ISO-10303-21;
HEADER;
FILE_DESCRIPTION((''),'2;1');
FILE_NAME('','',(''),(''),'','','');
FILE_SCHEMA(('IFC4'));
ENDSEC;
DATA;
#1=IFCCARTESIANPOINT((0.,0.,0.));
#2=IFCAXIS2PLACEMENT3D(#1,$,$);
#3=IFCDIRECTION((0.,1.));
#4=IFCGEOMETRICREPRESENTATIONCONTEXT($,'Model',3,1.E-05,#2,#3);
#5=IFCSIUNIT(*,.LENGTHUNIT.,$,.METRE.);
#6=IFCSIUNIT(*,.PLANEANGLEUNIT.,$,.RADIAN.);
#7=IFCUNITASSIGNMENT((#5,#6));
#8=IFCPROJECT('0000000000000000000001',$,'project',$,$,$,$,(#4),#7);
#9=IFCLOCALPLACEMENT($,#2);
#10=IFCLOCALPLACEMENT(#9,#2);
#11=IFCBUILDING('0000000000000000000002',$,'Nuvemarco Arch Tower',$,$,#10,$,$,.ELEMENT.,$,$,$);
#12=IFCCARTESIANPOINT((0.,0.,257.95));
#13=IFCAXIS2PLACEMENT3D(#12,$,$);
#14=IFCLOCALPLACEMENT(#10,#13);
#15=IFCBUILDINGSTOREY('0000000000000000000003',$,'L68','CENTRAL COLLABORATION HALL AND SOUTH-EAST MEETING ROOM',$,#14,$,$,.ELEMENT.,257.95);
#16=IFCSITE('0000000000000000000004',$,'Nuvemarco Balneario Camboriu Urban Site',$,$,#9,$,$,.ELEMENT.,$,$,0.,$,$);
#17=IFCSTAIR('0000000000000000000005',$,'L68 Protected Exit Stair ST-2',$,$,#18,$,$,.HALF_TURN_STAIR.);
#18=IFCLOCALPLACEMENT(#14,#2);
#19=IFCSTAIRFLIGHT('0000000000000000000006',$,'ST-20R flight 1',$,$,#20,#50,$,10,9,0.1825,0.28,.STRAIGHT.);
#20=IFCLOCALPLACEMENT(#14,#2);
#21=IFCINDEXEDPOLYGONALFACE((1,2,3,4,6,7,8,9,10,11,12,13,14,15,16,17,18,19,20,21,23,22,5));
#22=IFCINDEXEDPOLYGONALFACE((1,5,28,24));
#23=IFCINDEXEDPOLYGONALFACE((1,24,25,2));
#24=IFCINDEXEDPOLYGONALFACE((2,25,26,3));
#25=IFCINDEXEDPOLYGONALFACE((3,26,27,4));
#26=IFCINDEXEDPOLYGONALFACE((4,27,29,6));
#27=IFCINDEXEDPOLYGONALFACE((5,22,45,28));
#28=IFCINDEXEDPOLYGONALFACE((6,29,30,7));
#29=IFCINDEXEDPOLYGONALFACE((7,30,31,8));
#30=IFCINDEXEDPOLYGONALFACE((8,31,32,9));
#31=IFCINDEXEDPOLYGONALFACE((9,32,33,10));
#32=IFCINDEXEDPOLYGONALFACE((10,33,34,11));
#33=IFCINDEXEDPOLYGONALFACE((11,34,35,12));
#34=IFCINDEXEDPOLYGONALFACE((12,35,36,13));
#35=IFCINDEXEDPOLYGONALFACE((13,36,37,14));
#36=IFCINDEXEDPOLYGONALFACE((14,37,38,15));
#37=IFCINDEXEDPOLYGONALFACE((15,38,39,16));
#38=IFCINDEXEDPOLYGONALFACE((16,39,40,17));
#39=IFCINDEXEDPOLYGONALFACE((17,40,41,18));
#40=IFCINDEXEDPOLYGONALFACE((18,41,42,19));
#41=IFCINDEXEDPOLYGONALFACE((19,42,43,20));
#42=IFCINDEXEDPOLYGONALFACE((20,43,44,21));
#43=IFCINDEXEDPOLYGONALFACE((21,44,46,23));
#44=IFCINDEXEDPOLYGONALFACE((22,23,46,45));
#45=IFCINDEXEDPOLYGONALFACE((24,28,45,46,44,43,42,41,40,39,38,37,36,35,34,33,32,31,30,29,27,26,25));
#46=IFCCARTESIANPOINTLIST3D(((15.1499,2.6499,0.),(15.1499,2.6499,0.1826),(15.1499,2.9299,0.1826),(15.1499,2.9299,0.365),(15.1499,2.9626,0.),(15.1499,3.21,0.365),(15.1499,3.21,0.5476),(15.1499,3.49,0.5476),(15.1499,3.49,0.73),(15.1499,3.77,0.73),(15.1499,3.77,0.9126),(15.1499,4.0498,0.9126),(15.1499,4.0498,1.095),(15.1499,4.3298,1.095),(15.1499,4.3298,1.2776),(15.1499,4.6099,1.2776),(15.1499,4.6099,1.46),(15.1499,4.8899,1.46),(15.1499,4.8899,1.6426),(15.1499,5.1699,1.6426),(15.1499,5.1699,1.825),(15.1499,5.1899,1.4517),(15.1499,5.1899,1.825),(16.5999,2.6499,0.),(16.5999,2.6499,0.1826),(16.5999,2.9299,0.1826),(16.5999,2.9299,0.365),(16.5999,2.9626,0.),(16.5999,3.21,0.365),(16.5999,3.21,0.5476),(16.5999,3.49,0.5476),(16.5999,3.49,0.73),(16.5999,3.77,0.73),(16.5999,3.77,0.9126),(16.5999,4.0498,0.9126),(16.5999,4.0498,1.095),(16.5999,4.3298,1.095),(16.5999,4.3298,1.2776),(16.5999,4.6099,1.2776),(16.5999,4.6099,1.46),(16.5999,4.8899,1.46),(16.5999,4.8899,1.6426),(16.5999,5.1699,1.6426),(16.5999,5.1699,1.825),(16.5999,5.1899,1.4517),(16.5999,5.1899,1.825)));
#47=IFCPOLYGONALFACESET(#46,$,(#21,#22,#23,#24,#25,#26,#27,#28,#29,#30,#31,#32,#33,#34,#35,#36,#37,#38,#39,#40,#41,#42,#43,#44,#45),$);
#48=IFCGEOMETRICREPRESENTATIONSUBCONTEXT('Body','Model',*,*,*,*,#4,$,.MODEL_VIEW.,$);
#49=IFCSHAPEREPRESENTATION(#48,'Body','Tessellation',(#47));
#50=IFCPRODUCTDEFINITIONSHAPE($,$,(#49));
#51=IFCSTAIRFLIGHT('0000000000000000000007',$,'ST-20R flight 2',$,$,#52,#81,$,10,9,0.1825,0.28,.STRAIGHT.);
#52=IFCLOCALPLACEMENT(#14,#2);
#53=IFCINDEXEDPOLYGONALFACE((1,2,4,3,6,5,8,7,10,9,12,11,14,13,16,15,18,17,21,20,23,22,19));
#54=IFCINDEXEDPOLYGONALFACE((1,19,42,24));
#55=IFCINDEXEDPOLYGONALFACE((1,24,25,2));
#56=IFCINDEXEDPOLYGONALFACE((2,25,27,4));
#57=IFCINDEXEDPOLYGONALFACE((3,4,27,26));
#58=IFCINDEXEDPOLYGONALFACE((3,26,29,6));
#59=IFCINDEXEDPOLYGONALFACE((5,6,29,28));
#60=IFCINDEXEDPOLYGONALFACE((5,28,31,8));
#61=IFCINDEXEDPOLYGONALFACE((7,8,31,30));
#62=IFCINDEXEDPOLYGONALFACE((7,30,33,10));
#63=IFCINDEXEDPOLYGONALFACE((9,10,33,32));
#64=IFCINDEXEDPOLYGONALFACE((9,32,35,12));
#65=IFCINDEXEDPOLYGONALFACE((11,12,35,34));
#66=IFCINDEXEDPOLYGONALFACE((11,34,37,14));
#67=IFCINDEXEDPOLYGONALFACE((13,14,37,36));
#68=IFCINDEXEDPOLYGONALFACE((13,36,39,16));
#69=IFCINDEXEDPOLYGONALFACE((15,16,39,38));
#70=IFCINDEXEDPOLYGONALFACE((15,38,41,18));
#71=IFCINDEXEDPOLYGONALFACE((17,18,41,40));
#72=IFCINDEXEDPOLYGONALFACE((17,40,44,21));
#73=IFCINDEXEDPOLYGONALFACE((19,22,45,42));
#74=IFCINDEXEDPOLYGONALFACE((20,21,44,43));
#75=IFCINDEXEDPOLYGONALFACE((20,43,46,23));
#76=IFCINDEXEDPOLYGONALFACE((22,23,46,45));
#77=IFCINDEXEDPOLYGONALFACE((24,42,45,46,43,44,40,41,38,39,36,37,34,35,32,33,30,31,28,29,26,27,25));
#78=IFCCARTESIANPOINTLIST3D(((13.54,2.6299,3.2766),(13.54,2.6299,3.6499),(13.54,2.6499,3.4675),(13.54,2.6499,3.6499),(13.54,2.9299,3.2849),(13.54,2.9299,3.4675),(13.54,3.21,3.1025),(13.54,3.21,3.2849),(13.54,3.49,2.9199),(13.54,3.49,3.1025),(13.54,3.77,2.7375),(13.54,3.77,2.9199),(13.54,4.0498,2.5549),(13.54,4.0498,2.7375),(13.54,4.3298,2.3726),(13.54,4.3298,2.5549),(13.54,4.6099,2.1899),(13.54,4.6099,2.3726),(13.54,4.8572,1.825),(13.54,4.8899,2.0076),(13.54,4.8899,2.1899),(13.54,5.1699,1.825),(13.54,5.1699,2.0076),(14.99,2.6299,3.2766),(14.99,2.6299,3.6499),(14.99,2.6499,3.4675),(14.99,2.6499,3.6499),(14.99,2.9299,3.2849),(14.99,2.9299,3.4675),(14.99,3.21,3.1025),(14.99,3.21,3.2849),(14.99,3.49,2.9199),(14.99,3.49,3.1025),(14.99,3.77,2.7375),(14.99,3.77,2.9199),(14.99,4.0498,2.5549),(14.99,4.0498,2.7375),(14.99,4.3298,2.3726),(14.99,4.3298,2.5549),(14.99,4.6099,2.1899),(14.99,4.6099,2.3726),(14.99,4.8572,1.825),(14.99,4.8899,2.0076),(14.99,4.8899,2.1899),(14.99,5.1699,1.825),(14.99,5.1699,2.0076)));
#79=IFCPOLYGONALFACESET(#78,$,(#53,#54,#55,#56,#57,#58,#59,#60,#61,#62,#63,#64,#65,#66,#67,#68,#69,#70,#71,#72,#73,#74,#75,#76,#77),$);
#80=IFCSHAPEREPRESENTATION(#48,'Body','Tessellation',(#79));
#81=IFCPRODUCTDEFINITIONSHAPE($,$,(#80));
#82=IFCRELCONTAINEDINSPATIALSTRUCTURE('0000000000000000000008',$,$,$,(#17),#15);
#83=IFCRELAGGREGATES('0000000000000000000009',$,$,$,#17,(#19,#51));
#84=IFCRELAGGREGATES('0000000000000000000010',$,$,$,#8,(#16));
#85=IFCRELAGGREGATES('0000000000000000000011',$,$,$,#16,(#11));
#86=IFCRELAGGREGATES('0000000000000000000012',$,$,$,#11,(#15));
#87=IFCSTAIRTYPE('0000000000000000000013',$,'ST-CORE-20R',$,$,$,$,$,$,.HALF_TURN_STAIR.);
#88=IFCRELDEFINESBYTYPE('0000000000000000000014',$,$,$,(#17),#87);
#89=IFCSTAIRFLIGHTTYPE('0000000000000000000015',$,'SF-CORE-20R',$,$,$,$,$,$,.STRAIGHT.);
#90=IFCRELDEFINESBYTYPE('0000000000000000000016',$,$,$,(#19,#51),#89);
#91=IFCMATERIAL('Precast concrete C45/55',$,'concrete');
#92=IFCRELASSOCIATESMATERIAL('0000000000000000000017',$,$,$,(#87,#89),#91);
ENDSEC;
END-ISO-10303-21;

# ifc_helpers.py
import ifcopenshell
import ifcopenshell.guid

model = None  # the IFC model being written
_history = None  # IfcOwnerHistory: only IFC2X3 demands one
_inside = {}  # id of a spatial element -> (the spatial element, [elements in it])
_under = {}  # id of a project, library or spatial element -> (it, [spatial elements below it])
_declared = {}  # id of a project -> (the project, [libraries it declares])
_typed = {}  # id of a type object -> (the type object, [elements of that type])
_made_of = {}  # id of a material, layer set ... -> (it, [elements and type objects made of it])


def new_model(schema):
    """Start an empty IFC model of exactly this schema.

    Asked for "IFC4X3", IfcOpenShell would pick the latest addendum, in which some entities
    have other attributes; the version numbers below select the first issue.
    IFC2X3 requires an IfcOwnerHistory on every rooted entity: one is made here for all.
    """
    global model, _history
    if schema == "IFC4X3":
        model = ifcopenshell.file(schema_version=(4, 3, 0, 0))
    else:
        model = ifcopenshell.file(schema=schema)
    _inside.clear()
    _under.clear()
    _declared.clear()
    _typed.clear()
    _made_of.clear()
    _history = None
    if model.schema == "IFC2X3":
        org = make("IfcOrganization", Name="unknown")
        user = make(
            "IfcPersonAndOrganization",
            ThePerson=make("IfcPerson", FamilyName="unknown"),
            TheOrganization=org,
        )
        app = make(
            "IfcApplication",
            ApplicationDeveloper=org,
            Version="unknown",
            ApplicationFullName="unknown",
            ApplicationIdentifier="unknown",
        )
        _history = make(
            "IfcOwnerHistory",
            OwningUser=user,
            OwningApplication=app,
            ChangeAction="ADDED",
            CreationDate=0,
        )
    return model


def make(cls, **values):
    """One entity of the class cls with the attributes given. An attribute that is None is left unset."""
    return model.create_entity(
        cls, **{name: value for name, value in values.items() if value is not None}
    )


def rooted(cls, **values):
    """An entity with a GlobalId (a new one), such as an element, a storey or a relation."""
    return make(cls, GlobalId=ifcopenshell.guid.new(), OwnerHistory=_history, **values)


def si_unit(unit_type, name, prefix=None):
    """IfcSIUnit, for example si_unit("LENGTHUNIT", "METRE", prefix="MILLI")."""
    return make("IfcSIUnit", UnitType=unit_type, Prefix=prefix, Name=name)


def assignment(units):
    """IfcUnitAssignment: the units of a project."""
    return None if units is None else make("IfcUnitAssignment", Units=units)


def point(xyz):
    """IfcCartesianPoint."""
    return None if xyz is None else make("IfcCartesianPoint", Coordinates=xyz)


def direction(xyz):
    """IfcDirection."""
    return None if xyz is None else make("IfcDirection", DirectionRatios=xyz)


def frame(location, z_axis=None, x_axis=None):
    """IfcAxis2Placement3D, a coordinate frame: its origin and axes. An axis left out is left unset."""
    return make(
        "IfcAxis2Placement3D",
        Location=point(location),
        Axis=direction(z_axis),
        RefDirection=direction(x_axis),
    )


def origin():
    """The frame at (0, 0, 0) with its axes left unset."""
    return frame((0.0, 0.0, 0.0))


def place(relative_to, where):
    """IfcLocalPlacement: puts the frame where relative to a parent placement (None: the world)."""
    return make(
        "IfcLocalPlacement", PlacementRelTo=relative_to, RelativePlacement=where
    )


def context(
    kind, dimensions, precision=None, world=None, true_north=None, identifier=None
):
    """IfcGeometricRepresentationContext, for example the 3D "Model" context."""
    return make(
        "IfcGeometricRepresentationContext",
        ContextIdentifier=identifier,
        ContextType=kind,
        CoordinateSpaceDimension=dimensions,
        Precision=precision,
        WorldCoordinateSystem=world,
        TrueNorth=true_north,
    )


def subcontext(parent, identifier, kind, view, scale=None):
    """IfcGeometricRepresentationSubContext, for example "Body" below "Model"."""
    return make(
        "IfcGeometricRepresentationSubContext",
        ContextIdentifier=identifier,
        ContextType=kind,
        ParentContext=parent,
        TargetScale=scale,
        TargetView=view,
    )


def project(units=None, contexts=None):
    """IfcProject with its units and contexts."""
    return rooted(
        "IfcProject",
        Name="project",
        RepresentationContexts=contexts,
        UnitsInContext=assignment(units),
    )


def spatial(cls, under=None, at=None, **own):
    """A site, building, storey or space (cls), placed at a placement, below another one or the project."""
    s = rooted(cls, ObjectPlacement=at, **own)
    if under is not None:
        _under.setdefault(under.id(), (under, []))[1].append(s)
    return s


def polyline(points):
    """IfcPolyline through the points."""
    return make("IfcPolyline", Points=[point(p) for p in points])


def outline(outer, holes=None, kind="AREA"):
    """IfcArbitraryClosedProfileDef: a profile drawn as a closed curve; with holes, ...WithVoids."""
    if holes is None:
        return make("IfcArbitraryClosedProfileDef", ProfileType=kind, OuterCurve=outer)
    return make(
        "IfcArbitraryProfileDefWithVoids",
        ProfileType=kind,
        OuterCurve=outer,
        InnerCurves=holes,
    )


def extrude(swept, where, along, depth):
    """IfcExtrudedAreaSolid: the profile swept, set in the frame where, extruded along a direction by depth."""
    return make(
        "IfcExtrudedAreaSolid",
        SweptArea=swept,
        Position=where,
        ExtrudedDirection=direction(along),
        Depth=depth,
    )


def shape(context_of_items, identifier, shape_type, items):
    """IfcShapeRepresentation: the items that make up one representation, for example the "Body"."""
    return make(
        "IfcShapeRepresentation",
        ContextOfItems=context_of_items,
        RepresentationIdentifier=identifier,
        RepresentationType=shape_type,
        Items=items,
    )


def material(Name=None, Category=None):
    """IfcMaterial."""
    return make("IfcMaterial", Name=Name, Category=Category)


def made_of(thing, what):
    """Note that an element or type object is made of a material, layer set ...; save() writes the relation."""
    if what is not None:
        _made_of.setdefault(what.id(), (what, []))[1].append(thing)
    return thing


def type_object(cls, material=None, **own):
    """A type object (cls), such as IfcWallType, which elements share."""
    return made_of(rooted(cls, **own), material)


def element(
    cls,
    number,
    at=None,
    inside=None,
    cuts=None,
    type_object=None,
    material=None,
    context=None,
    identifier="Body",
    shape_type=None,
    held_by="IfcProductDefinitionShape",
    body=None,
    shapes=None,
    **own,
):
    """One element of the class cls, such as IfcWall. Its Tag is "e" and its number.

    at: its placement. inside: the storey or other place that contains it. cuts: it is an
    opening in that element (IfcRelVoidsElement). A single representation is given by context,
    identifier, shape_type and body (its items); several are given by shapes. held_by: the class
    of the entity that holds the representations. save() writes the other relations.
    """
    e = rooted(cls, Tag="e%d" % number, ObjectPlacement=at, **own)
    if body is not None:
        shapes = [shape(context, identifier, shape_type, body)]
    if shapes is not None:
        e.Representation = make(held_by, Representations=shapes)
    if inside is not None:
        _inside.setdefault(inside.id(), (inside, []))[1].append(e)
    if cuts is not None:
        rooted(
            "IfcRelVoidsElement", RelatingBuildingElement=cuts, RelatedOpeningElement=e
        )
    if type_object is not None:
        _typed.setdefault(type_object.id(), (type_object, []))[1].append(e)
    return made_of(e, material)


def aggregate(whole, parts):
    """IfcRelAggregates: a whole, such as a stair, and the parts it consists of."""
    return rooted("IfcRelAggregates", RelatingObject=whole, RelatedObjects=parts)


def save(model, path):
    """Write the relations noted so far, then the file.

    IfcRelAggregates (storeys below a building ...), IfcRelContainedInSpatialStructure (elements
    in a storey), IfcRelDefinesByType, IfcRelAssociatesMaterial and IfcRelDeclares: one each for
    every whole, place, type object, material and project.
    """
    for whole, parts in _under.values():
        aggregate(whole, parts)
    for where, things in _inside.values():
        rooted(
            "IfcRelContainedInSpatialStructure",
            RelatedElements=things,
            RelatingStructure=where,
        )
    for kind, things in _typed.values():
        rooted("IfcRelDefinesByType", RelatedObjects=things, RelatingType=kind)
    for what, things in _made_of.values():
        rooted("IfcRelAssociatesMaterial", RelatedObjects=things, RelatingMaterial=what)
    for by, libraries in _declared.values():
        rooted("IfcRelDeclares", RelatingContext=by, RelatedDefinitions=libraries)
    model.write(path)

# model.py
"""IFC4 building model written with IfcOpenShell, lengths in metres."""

from ifc_helpers import new_model, si_unit, direction, frame, origin, place, context, subcontext, project, spatial, polyline, outline, extrude, material, type_object, element, aggregate, save


model = new_model("IFC4")

# Units and contexts
model_context = context("Model", 3, precision=1e-05, world=origin(), true_north=direction((0.0, 1.0)))
body_context = subcontext(model_context, "Body", "Model", "MODEL_VIEW")
ifc_project = project(units=[si_unit("LENGTHUNIT", "METRE"), si_unit("PLANEANGLEUNIT", "RADIAN")], contexts=[model_context])

# Site, building, storey
site_placement = place(None, origin())
site = spatial("IfcSite", under=ifc_project, at=site_placement, Name="Nuvemarco Balneario Camboriu Urban Site", CompositionType="ELEMENT", RefElevation=0.0)
building_placement = place(site_placement, origin())
building = spatial("IfcBuilding", under=site, at=building_placement, Name="Nuvemarco Arch Tower", CompositionType="ELEMENT")
storey_placement = place(building_placement, frame((0.0, 0.0, 257.95)))
storey = spatial("IfcBuildingStorey", under=building, at=storey_placement, Name="L68", Description="CENTRAL COLLABORATION HALL AND SOUTH-EAST MEETING ROOM", CompositionType="ELEMENT", Elevation=257.95)

# Shared definitions
ifc_material_1 = material(Name="Precast concrete C45/55", Category="concrete")

# Stair, stair flights
stair_type = type_object("IfcStairType", Name="ST-CORE-20R", PredefinedType="HALF_TURN_STAIR", material=ifc_material_1)
stair_placement = place(storey_placement, origin())
stair = element("IfcStair", 1, at=stair_placement, inside=storey, type_object=stair_type, Name="L68 Protected Exit Stair ST-2", PredefinedType="HALF_TURN_STAIR")
stair_flight_type = type_object("IfcStairFlightType", Name="SF-CORE-20R", PredefinedType="STRAIGHT", material=ifc_material_1)
stair_flight_1_placement = place(storey_placement, frame((15.875, 2.6499, 0.0), z_axis=(0.0, 0.0, 1.0), x_axis=(0.0, 1.0, 0.0)))
stair_flight_1 = element("IfcStairFlight", 2, at=stair_flight_1_placement, type_object=stair_flight_type, Name="ST-20R flight 1", NumberOfRisers=10, NumberOfTreads=9, PredefinedType="STRAIGHT", RiserHeight=0.1825, TreadLength=0.28, context=body_context, shape_type="SweptSolid", body=[
    extrude(outline(polyline([(0.0, 0.0), (0.0, 0.1826), (0.28, 0.1826), (0.28, 0.365), (0.5601, 0.365), (0.5601, 0.5476), (0.8401, 0.5476), (0.8401, 0.73), (1.1201, 0.73), (1.1201, 0.9126), (1.3999, 0.9126), (1.3999, 1.095), (1.6799, 1.095), (1.6799, 1.2776), (1.96, 1.2776), (1.96, 1.46), (2.24, 1.46), (2.24, 1.6426), (2.52, 1.6426), (2.52, 1.825), (2.54, 1.825), (2.54, 1.4517), (0.3127, 0.0), (0.0, 0.0)])), frame((0.0, 0.7251, 0.0), z_axis=(0.0, -1.0, 0.0), x_axis=(1.0, 0.0, 0.0)), (0.0, 0.0, 1.0), 1.45),
])
stair_flight_2_placement = place(storey_placement, frame((14.2649, 5.1699, 1.825), z_axis=(0.0, 0.0, 1.0), x_axis=(0.0, -1.0, 0.0)))
stair_flight_2 = element("IfcStairFlight", 3, at=stair_flight_2_placement, type_object=stair_flight_type, Name="ST-20R flight 2", NumberOfRisers=10, NumberOfTreads=9, PredefinedType="STRAIGHT", RiserHeight=0.1825, TreadLength=0.28, context=body_context, shape_type="SweptSolid", body=[
    extrude(outline(polyline([(0.0, 0.0), (0.0, 0.1826), (0.28, 0.1826), (0.28, 0.365), (0.5601, 0.365), (0.5601, 0.5476), (0.8401, 0.5476), (0.8401, 0.73), (1.1201, 0.73), (1.1201, 0.9126), (1.3999, 0.9126), (1.3999, 1.095), (1.6799, 1.095), (1.6799, 1.2776), (1.96, 1.2776), (1.96, 1.46), (2.24, 1.46), (2.24, 1.6426), (2.52, 1.6426), (2.52, 1.825), (2.54, 1.825), (2.54, 1.4517), (0.3127, 0.0), (0.0, 0.0)])), frame((0.0, 0.7251, 0.0), z_axis=(0.0, -1.0, 0.0), x_axis=(1.0, 0.0, 0.0)), (0.0, 0.0, 1.0), 1.45),
])
aggregate(stair, [stair_flight_1, stair_flight_2])

save(model, "model.ifc")
